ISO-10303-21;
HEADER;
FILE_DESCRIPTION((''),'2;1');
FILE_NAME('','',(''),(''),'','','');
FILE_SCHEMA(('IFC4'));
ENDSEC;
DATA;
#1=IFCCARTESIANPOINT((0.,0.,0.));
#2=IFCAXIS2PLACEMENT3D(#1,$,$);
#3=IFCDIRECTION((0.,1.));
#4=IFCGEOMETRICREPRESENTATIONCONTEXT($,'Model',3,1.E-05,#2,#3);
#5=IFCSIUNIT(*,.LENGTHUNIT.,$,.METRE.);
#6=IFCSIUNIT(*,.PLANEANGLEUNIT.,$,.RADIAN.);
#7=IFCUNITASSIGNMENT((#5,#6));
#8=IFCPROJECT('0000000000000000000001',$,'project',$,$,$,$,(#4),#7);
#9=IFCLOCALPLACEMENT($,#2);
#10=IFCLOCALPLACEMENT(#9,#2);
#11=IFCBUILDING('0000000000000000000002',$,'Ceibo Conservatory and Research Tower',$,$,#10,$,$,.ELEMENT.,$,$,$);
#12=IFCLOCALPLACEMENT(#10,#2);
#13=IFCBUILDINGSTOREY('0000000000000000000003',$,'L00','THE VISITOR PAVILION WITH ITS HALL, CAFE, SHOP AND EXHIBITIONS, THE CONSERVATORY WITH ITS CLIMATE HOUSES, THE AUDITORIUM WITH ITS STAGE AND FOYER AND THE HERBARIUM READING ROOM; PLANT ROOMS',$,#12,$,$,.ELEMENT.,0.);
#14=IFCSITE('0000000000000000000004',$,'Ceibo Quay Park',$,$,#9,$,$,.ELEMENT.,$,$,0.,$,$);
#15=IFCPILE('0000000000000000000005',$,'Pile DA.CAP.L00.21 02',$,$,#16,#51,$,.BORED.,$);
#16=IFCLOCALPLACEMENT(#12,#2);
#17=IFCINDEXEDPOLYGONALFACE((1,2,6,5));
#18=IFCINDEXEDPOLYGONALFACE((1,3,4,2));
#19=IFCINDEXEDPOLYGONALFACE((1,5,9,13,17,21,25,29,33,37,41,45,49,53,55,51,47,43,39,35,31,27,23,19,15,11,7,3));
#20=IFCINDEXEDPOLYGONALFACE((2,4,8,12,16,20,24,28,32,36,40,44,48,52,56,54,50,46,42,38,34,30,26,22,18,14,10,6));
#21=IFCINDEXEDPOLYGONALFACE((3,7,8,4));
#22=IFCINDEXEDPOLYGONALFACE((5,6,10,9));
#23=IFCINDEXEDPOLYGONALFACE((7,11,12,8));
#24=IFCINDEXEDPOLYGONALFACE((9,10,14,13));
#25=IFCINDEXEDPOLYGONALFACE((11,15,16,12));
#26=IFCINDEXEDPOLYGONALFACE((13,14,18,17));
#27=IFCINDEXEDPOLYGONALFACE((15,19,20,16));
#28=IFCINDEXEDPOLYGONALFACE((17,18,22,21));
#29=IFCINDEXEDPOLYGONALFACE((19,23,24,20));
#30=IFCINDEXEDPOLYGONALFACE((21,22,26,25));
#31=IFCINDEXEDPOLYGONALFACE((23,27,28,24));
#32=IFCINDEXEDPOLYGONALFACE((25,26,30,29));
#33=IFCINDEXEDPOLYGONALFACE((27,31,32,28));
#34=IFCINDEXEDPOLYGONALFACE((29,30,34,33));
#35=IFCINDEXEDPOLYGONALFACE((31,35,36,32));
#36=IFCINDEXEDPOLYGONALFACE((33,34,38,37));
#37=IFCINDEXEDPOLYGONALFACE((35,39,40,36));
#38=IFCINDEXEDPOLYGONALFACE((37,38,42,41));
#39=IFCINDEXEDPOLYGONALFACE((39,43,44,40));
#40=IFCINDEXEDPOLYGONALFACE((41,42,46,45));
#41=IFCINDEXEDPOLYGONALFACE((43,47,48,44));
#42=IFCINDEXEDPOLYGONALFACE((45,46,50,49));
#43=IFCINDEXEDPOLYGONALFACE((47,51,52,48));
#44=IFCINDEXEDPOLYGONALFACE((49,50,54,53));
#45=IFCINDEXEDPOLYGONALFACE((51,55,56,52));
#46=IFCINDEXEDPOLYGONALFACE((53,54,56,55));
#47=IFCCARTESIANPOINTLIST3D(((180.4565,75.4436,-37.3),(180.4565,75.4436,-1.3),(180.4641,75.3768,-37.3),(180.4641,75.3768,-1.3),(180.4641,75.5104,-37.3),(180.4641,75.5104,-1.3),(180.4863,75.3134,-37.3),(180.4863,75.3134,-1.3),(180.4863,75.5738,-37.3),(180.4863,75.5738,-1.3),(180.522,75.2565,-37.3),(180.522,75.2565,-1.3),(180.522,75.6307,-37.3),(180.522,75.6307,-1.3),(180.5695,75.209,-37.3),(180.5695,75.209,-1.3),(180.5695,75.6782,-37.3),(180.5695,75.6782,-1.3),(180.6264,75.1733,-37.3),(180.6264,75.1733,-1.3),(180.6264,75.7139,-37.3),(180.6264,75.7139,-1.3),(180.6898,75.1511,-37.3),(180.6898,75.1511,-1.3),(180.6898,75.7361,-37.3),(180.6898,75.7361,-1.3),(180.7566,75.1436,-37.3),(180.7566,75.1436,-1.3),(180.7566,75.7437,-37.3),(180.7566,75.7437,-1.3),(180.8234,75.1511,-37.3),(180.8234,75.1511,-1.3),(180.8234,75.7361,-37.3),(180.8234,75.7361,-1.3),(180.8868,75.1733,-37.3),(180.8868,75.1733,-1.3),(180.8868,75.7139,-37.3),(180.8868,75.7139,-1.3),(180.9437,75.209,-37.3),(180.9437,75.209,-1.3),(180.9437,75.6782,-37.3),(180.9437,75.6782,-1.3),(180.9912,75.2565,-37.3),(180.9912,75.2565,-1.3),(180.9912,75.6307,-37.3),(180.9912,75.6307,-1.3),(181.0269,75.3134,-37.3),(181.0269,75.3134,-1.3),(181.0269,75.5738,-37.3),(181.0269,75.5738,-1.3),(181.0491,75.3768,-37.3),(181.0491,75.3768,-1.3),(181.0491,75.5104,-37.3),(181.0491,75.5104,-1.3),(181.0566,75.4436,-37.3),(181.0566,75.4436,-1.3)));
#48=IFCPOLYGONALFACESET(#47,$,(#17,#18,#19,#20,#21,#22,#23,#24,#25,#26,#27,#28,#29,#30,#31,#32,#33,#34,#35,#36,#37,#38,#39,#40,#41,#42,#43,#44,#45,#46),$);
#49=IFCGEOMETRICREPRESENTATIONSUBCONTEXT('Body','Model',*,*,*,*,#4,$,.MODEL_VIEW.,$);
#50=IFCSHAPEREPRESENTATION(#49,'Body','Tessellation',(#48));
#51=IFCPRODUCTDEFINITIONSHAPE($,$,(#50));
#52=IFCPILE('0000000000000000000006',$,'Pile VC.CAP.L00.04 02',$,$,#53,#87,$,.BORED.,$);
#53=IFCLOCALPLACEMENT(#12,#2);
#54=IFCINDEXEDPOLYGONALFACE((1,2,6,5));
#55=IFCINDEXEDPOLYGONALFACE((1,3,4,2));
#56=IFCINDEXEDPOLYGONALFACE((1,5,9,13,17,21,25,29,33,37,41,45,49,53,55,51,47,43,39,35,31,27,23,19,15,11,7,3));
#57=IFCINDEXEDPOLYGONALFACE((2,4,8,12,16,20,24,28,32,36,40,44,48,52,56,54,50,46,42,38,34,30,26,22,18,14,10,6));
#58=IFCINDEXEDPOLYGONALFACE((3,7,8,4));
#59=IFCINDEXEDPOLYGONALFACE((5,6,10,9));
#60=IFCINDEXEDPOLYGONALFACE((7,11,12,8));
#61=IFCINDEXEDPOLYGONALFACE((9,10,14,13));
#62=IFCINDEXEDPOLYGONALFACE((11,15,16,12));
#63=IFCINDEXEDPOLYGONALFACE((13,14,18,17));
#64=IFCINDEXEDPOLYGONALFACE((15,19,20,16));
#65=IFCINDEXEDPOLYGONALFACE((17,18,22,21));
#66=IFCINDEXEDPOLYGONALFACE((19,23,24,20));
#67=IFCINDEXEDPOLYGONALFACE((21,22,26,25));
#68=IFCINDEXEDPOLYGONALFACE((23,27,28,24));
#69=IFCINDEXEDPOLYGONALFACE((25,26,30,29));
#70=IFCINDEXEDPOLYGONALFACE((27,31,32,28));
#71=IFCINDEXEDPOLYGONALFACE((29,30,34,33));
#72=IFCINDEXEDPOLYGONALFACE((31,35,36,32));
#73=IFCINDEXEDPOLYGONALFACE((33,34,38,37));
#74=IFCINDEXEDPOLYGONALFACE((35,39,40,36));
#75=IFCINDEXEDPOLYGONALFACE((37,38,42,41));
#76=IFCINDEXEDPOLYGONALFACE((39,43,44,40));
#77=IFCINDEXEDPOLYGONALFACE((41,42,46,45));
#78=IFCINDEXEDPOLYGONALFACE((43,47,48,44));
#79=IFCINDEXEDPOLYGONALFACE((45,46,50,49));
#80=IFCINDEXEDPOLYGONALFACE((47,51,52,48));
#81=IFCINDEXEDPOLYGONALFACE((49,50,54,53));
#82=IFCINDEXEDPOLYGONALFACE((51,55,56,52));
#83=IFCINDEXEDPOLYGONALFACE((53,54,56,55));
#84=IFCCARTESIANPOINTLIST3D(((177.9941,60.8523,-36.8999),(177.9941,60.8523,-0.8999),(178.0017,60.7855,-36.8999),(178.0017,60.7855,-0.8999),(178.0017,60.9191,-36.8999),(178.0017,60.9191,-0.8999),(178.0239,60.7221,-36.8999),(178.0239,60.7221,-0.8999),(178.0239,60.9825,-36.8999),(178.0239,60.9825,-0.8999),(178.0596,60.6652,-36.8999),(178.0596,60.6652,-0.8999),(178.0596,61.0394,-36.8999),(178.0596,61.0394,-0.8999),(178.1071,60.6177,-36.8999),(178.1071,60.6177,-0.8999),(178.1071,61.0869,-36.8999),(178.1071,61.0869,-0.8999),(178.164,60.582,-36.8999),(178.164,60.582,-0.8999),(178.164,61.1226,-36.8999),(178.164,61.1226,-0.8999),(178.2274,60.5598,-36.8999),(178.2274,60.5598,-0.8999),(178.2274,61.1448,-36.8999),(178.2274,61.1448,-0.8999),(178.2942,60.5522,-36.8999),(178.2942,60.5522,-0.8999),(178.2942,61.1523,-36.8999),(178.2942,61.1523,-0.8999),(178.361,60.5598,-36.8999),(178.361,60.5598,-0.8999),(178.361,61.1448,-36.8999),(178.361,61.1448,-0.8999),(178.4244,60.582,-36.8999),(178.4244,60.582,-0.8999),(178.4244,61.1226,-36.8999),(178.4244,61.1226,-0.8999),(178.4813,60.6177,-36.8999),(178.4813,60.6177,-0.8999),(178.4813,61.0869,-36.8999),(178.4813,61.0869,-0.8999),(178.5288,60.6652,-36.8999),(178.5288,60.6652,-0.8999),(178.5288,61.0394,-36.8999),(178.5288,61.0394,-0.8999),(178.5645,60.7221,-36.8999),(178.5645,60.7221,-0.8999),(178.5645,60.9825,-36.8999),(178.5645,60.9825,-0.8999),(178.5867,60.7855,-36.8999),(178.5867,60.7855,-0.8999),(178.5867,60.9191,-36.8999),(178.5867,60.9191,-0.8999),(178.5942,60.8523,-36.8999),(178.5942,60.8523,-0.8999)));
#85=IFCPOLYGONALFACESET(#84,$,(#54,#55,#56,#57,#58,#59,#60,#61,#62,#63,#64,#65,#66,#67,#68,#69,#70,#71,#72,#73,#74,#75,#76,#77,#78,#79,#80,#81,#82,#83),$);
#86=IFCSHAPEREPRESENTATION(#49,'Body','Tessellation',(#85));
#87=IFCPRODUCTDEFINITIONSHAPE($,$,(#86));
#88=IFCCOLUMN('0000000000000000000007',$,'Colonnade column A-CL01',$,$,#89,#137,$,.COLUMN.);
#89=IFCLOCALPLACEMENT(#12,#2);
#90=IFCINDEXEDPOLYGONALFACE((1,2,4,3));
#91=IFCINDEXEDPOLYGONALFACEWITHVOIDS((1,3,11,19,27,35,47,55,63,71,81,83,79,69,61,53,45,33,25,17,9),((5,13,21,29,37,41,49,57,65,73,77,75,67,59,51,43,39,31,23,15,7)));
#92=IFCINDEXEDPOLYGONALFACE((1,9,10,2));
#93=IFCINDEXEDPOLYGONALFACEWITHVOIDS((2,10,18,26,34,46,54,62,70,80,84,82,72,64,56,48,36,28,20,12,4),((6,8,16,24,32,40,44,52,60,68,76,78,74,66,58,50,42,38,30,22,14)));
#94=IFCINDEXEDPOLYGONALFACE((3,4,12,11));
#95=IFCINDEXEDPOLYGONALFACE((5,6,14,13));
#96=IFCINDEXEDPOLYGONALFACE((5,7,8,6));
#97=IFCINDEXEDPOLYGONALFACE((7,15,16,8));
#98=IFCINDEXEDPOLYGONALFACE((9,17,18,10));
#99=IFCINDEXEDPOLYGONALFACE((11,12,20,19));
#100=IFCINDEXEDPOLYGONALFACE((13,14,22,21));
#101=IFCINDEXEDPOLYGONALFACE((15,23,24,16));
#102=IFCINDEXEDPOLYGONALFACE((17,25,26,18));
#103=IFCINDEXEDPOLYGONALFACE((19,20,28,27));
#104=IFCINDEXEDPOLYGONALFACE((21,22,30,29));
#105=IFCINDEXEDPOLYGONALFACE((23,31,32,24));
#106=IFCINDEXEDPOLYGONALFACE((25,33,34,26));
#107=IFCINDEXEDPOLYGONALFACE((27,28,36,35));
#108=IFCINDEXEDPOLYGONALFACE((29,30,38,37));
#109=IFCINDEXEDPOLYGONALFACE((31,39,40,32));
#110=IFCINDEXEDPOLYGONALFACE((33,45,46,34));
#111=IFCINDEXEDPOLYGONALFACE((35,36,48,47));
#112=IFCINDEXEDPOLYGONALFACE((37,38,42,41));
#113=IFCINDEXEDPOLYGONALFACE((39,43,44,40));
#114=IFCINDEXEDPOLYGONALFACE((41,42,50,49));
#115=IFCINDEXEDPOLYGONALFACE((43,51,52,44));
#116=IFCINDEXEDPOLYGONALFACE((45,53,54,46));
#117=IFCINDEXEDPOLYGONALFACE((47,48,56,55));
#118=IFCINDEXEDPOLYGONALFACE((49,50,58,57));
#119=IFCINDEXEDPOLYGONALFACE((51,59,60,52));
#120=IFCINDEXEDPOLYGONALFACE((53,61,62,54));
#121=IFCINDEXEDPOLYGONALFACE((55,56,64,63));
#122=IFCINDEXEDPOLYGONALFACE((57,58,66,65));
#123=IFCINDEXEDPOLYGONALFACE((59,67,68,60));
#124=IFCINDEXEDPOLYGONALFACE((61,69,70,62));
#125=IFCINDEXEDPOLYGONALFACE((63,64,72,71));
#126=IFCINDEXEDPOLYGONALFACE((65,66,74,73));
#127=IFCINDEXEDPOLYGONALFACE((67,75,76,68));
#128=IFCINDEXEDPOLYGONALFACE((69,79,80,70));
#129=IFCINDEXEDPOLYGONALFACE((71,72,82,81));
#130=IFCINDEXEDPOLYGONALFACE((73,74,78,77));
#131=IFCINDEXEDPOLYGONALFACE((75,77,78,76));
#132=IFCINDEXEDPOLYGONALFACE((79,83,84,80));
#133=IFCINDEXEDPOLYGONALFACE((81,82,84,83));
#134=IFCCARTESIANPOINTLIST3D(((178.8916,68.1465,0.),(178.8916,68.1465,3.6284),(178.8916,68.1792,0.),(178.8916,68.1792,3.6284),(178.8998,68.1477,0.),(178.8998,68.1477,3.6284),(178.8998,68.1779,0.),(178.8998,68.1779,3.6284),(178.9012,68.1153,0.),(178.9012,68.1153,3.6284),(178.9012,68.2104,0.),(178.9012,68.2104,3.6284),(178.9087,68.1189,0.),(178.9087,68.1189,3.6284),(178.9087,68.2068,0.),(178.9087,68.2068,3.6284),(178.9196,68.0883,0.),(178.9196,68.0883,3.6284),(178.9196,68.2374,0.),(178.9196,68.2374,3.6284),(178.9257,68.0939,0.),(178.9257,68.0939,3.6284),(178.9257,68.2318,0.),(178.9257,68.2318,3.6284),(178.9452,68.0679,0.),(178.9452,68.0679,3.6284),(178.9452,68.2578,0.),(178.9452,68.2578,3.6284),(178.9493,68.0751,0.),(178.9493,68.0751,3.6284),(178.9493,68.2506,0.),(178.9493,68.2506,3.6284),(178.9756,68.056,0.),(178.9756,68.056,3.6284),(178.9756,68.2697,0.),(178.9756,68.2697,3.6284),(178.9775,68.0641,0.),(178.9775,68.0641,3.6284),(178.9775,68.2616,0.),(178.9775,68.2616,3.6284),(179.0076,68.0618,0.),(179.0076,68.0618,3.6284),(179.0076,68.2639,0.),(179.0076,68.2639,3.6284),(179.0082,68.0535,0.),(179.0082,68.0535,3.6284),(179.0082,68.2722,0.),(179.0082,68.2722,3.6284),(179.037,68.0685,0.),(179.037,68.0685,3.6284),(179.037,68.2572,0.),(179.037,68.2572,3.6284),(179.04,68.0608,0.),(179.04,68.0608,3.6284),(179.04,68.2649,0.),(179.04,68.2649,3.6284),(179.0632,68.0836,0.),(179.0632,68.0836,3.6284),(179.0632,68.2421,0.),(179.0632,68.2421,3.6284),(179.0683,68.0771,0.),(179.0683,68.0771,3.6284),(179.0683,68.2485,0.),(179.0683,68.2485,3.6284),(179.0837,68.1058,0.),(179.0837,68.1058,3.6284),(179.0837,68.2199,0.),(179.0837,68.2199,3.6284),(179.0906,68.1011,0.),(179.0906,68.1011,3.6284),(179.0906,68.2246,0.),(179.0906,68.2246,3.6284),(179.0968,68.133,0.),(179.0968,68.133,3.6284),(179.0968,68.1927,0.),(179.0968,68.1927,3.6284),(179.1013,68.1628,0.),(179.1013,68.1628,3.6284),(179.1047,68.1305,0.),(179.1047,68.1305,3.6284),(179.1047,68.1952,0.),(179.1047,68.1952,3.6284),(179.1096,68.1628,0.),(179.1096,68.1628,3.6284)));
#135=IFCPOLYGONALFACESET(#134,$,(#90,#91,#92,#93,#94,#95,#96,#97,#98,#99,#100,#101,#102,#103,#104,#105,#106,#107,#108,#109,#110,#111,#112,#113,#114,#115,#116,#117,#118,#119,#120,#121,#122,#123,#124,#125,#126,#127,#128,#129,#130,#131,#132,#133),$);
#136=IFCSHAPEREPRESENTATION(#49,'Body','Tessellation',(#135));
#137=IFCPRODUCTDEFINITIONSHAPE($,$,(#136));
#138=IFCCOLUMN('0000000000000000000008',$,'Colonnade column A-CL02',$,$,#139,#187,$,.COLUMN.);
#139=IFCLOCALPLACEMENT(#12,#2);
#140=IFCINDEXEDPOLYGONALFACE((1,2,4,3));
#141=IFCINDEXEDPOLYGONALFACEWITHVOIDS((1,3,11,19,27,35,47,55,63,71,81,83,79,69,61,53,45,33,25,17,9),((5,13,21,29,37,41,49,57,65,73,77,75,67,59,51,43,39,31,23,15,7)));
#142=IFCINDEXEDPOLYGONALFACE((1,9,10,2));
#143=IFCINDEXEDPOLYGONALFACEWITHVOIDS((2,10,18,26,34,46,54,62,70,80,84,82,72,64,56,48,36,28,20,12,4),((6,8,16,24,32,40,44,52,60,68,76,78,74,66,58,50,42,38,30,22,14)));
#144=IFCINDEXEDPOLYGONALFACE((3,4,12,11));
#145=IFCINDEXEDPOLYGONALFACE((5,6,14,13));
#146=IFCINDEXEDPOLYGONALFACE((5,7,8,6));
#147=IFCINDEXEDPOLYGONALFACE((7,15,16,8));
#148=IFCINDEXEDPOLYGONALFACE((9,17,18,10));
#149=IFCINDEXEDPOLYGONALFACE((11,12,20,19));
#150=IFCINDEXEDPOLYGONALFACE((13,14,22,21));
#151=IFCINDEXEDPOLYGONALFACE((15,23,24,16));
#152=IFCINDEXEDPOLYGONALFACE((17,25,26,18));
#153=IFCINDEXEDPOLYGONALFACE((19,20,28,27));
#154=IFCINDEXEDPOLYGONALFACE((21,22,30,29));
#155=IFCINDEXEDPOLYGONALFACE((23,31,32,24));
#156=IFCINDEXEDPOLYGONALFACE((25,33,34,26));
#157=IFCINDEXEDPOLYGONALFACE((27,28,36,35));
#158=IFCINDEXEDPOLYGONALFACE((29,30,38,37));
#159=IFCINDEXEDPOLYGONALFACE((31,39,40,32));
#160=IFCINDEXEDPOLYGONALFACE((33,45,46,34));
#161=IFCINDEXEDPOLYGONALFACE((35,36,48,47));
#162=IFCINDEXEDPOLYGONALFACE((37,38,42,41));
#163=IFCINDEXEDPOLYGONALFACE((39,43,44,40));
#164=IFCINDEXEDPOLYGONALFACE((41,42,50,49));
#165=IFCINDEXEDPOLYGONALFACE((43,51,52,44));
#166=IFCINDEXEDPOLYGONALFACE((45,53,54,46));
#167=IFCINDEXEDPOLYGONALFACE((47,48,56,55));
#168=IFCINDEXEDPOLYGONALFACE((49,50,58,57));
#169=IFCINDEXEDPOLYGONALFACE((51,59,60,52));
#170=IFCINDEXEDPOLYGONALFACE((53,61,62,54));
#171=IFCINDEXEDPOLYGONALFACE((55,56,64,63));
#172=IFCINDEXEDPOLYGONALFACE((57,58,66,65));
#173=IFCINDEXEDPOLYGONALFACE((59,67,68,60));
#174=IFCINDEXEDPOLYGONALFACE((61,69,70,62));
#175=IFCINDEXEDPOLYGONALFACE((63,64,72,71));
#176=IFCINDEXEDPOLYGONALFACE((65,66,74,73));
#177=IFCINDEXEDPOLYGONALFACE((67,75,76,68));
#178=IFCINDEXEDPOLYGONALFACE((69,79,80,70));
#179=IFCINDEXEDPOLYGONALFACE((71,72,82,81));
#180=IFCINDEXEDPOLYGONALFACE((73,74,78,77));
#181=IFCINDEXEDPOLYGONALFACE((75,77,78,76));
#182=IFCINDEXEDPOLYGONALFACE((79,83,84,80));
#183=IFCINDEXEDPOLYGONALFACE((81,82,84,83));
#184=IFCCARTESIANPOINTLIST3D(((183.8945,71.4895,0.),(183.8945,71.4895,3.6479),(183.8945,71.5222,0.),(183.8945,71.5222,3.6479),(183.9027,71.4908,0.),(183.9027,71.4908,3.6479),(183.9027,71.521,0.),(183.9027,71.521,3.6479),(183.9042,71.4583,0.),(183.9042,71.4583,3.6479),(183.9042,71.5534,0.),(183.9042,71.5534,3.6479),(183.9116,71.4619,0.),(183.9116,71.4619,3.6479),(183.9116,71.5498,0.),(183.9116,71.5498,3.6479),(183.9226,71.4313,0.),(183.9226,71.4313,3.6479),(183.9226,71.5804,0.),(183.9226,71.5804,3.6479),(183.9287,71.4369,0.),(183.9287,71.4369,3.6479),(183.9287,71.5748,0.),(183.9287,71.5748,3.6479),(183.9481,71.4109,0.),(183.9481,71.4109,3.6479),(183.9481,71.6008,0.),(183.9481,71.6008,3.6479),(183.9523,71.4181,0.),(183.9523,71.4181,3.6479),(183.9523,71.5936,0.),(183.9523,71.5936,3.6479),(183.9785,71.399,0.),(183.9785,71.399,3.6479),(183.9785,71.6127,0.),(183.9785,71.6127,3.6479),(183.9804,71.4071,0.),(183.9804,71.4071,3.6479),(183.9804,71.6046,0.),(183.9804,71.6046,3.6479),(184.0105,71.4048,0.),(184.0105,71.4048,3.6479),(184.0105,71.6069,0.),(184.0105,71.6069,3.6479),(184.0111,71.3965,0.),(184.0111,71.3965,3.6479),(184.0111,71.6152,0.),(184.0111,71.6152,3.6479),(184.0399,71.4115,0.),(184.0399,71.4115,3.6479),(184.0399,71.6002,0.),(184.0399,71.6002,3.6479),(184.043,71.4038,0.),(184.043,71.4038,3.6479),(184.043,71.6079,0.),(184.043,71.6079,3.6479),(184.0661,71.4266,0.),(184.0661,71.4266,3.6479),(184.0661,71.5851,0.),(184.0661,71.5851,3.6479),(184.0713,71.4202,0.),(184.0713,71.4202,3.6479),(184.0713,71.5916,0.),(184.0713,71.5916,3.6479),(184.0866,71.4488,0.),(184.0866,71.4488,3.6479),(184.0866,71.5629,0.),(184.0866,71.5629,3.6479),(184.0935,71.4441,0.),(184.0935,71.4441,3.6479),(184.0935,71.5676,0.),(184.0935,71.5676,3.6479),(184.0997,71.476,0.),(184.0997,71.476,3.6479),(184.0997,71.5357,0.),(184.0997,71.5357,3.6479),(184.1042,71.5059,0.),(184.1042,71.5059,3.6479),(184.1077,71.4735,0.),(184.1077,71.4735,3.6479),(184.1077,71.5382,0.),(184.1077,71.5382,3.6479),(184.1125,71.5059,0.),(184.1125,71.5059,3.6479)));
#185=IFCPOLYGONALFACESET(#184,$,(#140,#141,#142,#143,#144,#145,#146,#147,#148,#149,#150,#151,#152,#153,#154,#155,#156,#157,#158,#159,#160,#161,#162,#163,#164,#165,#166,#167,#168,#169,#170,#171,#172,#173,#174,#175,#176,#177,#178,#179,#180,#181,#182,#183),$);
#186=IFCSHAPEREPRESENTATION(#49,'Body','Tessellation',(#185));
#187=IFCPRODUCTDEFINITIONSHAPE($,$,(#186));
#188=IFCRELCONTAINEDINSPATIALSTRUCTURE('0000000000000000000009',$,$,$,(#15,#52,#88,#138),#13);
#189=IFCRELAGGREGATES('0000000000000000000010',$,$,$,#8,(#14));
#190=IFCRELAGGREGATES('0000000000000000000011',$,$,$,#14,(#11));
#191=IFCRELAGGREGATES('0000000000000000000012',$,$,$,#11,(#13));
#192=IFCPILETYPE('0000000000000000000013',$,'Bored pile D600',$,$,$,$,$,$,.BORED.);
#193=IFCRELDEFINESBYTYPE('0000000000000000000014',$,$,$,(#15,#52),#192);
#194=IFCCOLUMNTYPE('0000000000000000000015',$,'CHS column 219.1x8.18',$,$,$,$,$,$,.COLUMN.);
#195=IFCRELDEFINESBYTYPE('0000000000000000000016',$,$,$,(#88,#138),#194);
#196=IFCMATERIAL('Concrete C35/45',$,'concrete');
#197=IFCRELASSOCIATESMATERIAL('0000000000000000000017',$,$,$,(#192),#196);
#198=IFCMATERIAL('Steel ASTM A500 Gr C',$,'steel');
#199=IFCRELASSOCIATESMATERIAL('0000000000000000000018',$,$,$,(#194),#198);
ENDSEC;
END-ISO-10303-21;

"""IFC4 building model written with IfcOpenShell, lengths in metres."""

from ifc_helpers import new_model, si_unit, direction, frame, origin, origin_2d, place, context, subcontext, project, spatial, circle, hollow_circle, extrude, material, material_profile, profile_set, type_object, element, save


model = new_model("IFC4")

# Units and contexts
model_context = context("Model", 3, precision=1e-05, world=origin(), true_north=direction((0.0, 1.0)))
body_context = subcontext(model_context, "Body", "Model", "MODEL_VIEW")
ifc_project = project(units=[si_unit("LENGTHUNIT", "METRE"), si_unit("PLANEANGLEUNIT", "RADIAN")], contexts=[model_context])

# Site, building, storey
site_placement = place(None, origin())
site = spatial("IfcSite", under=ifc_project, at=site_placement, Name="Ceibo Quay Park", CompositionType="ELEMENT", RefElevation=0.0)
building_placement = place(site_placement, origin())
building = spatial("IfcBuilding", under=site, at=building_placement, Name="Ceibo Conservatory and Research Tower", CompositionType="ELEMENT")
storey_placement = place(building_placement, origin())
storey = spatial("IfcBuildingStorey", under=building, at=storey_placement, Name="L00", Description="THE VISITOR PAVILION WITH ITS HALL, CAFE, SHOP AND EXHIBITIONS, THE CONSERVATORY WITH ITS CLIMATE HOUSES, THE AUDITORIUM WITH ITS STAGE AND FOYER AND THE HERBARIUM READING ROOM; PLANT ROOMS", CompositionType="ELEMENT", Elevation=0.0)

# Piles
ifc_material_1 = material(Name="Concrete C35/45", Category="concrete")
ifc_material_profile_1 = material_profile(ifc_material_1, circle(Radius=0.3, at=origin_2d()), Name="RC D600")
ifc_profile_set_1 = profile_set([ifc_material_profile_1], Name="Concrete C35/45")
pile_type = type_object("IfcPileType", Name="Bored pile D600", PredefinedType="BORED", material=ifc_profile_set_1)
for number, where, z_axis, x_axis, name in (
    (1, (180.7566, 75.4436, -1.3), (0.0, 0.0, -1.0), (1.0, 0.0, 0.0), "Pile DA.CAP.L00.21 02"),
    (2, (178.2942, 60.8523, -0.8999), (0.0, 0.0, -1.0), (1.0, 0.0, 0.0), "Pile VC.CAP.L00.04 02"),
):
    element("IfcPile", number, at=place(storey_placement, frame(where, z_axis=z_axis, x_axis=x_axis)), inside=storey, type_object=pile_type, Name=name, PredefinedType="BORED", context=body_context, shape_type="SweptSolid", body=[
        extrude(circle(Radius=0.3, at=origin_2d()), origin(), (0.0, 0.0, 1.0), 36.0),
    ])

# Columns
ifc_material_2 = material(Name="Steel ASTM A500 Gr C", Category="steel")
ifc_material_profile_2 = material_profile(ifc_material_2, hollow_circle(Radius=0.1096, WallThickness=0.0083, at=origin_2d()), Name="CHS column 219.1x8.18")
ifc_profile_set_2 = profile_set([ifc_material_profile_2], Name="Steel ASTM A500 Gr C")
column_type_1 = type_object("IfcColumnType", Name="CHS column 219.1x8.18", PredefinedType="COLUMN", material=ifc_profile_set_2)
column_1_placement = place(storey_placement, frame((179.0, 68.1628, 0.0), z_axis=(0.0, 0.0, 1.0), x_axis=(1.0, 0.0, 0.0)))
element("IfcColumn", 3, at=column_1_placement, inside=storey, type_object=column_type_1, Name="Colonnade column A-CL01", PredefinedType="COLUMN", context=body_context, shape_type="SweptSolid", body=[
    extrude(hollow_circle(Radius=0.1096, WallThickness=0.0083, at=origin_2d()), origin(), (0.0, 0.0, 1.0), 3.6284),
])
column_2_placement = place(storey_placement, frame((184.0029, 71.5059, 0.0), z_axis=(0.0, 0.0, 1.0), x_axis=(1.0, 0.0, 0.0)))
element("IfcColumn", 4, at=column_2_placement, inside=storey, type_object=column_type_1, Name="Colonnade column A-CL02", PredefinedType="COLUMN", context=body_context, shape_type="SweptSolid", body=[
    extrude(hollow_circle(Radius=0.1096, WallThickness=0.0083, at=origin_2d()), origin(), (0.0, 0.0, 1.0), 3.6479),
])

save(model, "model.ifc")
